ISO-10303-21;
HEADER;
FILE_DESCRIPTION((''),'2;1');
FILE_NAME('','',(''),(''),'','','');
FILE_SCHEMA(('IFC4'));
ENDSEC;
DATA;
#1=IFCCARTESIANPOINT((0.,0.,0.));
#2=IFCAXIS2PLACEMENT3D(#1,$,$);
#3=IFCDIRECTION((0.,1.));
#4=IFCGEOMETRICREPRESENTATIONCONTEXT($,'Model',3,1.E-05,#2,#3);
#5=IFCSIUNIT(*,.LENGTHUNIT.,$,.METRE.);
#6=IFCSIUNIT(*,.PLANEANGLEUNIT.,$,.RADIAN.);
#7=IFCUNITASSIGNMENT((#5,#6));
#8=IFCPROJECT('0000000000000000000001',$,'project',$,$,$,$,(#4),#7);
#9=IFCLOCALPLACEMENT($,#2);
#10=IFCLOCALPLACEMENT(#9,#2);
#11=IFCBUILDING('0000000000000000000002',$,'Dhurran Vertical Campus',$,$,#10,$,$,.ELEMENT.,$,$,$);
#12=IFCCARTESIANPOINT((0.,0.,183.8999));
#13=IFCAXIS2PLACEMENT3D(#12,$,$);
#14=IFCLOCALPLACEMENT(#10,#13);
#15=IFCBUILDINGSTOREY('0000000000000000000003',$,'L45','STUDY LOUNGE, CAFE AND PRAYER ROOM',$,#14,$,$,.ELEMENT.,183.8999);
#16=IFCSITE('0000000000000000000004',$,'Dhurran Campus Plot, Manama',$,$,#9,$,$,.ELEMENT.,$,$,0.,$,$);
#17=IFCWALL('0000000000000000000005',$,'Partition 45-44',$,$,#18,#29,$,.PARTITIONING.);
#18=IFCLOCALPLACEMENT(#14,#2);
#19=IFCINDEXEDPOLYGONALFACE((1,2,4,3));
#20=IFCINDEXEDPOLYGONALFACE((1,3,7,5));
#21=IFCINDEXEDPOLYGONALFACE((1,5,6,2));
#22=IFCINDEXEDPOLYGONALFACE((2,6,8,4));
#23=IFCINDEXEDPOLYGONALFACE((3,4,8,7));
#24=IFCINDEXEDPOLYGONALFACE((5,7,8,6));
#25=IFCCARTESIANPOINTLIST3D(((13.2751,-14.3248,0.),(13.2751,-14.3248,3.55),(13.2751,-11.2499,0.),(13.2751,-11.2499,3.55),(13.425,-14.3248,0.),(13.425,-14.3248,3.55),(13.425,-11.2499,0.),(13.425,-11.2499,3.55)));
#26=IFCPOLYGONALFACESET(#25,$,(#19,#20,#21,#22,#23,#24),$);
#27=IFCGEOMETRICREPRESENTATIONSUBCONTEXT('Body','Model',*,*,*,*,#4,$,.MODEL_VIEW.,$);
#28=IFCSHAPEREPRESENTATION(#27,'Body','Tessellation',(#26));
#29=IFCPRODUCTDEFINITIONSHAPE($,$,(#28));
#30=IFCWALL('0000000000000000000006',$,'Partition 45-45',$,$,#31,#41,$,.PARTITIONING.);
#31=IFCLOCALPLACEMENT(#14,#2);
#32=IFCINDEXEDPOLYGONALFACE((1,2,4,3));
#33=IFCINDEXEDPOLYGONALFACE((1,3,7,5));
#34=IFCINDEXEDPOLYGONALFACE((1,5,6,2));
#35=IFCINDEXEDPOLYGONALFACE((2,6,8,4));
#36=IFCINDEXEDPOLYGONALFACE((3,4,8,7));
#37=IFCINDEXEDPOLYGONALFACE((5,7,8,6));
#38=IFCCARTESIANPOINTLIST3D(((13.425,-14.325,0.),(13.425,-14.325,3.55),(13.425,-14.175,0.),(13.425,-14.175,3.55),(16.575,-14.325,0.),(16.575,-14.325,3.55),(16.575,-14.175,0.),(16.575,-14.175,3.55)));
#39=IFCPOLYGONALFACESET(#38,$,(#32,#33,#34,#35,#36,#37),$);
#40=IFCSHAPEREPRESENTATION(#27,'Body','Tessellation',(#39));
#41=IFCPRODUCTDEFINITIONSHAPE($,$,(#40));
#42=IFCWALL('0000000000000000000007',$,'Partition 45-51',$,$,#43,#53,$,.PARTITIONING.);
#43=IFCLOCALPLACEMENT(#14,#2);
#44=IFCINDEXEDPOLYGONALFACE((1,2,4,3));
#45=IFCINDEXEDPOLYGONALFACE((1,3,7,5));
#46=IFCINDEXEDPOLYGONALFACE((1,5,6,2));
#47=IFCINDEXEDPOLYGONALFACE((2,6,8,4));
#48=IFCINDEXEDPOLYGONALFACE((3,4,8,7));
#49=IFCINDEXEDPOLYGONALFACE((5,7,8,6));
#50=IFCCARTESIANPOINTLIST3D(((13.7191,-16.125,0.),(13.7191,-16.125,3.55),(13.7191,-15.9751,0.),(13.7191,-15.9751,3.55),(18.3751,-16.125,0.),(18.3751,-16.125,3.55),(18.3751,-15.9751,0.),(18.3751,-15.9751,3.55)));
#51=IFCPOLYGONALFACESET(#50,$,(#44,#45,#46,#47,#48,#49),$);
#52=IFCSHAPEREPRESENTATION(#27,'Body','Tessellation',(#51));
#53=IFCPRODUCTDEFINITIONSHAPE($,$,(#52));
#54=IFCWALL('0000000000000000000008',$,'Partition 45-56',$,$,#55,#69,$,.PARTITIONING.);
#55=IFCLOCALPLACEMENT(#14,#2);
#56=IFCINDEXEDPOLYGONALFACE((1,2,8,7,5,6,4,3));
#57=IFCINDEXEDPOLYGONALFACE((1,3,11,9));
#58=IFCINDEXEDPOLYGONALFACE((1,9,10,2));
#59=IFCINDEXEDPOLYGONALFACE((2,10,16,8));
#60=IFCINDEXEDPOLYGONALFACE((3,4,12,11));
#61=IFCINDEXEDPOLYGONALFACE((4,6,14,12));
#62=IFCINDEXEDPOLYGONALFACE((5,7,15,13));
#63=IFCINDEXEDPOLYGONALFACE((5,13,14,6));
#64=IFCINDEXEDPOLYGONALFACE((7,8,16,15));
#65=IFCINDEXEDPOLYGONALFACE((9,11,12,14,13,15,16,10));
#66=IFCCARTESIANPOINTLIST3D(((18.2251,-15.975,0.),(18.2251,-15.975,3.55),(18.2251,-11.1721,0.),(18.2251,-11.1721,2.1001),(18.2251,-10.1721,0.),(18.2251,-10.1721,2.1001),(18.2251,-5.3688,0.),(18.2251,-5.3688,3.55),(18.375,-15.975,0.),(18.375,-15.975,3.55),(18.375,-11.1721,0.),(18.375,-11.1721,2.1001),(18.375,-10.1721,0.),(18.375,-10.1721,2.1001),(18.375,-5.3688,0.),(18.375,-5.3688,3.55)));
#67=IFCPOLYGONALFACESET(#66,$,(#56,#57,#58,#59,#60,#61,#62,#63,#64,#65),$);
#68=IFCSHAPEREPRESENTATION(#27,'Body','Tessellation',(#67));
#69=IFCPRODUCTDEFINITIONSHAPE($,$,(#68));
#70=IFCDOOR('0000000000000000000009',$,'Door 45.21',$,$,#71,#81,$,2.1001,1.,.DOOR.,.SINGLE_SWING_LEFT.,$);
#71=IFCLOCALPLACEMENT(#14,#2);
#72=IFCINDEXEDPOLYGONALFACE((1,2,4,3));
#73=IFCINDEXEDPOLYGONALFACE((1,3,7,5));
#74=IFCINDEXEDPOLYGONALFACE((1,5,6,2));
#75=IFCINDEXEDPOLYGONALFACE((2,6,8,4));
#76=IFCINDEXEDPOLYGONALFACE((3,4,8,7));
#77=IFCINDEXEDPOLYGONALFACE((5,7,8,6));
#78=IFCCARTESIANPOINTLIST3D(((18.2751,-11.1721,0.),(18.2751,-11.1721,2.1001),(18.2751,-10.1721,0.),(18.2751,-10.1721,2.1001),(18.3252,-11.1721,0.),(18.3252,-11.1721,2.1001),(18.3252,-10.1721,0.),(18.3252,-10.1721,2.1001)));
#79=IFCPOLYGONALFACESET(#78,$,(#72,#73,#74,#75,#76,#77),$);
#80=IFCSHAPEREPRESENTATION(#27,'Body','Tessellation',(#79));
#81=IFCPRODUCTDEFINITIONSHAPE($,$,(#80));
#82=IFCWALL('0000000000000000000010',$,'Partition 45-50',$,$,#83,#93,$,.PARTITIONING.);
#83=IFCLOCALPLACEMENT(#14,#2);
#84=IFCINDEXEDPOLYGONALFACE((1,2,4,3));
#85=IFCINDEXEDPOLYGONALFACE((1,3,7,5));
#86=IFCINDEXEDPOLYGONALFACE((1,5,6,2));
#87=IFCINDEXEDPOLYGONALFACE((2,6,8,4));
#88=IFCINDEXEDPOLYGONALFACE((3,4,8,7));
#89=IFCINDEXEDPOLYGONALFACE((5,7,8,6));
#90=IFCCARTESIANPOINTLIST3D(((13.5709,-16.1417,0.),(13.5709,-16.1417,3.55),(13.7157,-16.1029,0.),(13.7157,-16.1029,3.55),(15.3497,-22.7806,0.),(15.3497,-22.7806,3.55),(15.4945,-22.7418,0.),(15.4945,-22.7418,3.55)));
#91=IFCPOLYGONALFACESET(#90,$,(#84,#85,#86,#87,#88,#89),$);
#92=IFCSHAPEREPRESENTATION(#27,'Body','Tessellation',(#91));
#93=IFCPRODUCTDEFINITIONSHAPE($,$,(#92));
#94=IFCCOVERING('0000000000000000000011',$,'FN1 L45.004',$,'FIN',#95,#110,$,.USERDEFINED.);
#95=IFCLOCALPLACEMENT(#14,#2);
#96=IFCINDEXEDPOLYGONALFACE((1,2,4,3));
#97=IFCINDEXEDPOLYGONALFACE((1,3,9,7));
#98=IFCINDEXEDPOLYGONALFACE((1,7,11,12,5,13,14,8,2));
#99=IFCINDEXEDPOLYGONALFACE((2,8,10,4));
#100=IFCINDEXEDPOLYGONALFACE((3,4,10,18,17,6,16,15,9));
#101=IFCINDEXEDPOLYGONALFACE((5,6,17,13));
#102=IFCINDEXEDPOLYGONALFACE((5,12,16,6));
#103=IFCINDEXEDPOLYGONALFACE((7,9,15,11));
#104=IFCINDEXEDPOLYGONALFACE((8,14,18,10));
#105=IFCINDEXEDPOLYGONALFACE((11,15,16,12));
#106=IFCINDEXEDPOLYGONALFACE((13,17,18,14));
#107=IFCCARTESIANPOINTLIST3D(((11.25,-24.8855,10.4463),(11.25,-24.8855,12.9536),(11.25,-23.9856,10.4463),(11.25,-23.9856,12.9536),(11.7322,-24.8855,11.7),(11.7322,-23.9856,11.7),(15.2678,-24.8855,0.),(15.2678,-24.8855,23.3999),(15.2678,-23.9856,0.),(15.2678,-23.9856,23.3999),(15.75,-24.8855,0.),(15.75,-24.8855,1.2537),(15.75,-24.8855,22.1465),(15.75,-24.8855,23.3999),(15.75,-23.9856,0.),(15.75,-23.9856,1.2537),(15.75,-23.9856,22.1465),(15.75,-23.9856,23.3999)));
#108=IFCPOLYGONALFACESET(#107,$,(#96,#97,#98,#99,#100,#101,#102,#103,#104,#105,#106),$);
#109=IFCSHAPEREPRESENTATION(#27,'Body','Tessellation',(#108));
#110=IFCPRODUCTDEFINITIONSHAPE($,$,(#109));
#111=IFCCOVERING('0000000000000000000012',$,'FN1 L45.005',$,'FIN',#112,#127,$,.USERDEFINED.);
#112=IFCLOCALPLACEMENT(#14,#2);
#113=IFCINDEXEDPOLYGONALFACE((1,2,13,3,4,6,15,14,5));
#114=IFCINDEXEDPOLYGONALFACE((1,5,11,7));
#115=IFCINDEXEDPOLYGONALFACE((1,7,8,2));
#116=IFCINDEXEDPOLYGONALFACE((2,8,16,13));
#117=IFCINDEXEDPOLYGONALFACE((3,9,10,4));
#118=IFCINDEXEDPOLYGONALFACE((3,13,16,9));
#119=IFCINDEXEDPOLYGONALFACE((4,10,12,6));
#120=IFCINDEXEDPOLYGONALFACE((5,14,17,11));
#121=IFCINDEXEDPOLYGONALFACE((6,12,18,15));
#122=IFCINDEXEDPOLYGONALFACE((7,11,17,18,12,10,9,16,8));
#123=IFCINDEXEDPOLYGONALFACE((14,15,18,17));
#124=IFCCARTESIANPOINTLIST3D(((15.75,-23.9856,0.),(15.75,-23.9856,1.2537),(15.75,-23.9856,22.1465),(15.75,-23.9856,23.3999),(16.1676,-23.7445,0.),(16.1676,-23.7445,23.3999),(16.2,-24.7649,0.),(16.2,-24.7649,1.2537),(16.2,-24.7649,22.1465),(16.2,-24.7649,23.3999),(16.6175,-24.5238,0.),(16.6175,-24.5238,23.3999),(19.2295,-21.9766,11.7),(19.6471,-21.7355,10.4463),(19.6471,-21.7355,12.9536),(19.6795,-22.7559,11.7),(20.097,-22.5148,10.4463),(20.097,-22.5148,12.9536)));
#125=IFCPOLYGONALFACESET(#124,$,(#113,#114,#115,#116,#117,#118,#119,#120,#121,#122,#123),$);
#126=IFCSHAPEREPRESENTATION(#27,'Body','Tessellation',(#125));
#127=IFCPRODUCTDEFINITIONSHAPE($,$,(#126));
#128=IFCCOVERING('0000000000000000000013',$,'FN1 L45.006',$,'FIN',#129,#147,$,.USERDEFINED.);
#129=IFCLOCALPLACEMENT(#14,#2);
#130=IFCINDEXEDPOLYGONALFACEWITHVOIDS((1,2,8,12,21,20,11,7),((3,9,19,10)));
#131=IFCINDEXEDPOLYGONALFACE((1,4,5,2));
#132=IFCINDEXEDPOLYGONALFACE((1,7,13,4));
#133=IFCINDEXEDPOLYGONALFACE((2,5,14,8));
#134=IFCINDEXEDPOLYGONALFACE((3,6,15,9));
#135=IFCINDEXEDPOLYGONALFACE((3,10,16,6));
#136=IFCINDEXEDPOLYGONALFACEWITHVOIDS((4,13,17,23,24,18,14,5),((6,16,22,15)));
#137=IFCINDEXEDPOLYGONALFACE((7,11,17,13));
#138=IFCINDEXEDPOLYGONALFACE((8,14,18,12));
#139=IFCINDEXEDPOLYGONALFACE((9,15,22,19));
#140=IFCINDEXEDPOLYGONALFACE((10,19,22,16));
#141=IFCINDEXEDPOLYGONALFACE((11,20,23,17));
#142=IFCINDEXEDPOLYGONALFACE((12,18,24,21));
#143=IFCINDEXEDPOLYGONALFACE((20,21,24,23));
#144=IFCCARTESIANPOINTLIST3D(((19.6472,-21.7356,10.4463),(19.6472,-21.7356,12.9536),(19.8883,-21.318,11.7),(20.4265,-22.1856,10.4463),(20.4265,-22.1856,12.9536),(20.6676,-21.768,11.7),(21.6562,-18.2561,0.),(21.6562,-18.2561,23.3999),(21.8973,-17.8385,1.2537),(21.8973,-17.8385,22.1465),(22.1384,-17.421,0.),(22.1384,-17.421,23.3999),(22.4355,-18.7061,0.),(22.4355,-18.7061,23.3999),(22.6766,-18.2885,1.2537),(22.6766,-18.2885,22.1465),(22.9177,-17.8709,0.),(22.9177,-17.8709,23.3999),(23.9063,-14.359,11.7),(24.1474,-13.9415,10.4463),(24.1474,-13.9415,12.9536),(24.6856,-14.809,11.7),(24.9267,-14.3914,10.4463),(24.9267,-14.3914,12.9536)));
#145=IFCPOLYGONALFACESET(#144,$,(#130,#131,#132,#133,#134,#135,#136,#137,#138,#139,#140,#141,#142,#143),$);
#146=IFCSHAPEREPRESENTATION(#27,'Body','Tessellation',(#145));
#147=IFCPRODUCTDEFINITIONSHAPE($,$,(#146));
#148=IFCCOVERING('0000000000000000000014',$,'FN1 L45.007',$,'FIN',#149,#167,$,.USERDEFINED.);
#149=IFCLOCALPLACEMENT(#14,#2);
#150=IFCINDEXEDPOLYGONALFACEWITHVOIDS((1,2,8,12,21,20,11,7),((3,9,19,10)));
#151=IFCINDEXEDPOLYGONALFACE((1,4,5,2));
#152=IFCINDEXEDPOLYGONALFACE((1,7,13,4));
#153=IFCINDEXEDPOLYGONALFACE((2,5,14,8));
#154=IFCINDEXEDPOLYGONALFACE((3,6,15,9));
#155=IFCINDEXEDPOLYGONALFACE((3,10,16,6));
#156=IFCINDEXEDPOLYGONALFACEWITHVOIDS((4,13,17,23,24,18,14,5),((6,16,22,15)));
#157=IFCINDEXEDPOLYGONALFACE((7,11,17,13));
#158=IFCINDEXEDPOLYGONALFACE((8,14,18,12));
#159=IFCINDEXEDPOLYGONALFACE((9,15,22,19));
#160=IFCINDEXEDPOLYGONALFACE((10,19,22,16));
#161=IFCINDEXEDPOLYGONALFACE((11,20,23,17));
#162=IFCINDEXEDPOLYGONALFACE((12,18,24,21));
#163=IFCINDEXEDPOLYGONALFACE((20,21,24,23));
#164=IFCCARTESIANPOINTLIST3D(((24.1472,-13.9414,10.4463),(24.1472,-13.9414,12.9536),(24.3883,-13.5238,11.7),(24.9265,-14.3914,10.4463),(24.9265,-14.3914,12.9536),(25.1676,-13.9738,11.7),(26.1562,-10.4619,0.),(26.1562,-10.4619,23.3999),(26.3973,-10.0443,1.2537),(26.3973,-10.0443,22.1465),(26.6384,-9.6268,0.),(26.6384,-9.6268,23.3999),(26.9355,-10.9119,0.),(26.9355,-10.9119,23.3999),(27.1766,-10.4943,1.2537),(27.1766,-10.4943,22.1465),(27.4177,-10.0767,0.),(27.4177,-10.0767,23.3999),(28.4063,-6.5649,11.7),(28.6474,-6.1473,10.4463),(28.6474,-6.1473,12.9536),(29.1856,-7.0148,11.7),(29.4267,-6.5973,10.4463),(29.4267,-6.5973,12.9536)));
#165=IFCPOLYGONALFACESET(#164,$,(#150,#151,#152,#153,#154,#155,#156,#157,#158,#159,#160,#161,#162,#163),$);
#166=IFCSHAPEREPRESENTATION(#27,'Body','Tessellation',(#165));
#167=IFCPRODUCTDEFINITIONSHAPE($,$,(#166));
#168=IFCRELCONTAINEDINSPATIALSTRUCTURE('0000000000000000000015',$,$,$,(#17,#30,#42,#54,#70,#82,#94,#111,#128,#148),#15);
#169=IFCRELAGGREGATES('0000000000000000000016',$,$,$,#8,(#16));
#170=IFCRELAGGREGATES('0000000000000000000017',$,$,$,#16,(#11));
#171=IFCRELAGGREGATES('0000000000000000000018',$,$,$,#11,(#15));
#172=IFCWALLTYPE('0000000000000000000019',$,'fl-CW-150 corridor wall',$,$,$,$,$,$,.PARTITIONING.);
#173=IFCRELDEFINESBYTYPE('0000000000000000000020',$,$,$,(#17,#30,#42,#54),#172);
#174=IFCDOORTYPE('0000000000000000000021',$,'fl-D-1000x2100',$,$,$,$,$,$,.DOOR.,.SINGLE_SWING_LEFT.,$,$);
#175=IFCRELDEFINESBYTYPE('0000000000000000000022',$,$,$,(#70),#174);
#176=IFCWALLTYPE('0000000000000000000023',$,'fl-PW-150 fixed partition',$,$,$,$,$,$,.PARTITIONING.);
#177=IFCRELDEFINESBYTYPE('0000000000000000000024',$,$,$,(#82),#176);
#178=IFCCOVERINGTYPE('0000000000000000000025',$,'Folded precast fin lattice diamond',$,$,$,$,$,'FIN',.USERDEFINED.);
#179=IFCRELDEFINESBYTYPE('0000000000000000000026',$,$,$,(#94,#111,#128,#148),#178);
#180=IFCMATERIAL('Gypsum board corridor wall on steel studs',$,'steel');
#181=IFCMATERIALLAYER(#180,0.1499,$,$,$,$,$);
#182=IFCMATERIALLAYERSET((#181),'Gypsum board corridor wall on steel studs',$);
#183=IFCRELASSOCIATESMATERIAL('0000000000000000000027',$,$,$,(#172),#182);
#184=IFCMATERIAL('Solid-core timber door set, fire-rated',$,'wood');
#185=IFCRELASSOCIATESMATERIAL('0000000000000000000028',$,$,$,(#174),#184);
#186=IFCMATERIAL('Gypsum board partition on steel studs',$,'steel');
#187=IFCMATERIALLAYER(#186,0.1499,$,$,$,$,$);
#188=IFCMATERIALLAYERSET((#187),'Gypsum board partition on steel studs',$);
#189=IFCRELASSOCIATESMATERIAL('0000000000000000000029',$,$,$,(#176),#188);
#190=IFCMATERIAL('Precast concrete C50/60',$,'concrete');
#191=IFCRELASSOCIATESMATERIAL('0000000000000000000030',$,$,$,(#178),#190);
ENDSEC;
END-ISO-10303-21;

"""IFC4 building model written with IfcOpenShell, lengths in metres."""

from ifc_helpers import new_model, si_unit, direction, frame, frame_2d, origin, place, context, subcontext, project, spatial, polyline, rectangle, outline, extrude, material, layer, layer_set, type_object, element, fill, save


model = new_model("IFC4")

# Units and contexts
model_context = context("Model", 3, precision=1e-05, world=origin(), true_north=direction((0.0, 1.0)))
body_context = subcontext(model_context, "Body", "Model", "MODEL_VIEW")
ifc_project = project(units=[si_unit("LENGTHUNIT", "METRE"), si_unit("PLANEANGLEUNIT", "RADIAN")], contexts=[model_context])

# Site, building, storey
site_placement = place(None, origin())
site = spatial("IfcSite", under=ifc_project, at=site_placement, Name="Dhurran Campus Plot, Manama", CompositionType="ELEMENT", RefElevation=0.0)
building_placement = place(site_placement, origin())
building = spatial("IfcBuilding", under=site, at=building_placement, Name="Dhurran Vertical Campus", CompositionType="ELEMENT")
storey_placement = place(building_placement, frame((0.0, 0.0, 183.8999)))
storey = spatial("IfcBuildingStorey", under=building, at=storey_placement, Name="L45", Description="STUDY LOUNGE, CAFE AND PRAYER ROOM", CompositionType="ELEMENT", Elevation=183.8999)

# Walls
ifc_material_1 = material(Name="Gypsum board corridor wall on steel studs", Category="steel")
ifc_layer_1 = layer(ifc_material_1, 0.1499)
ifc_layer_set_1 = layer_set([ifc_layer_1], Name="Gypsum board corridor wall on steel studs")
wall_type_1 = type_object("IfcWallType", Name="fl-CW-150 corridor wall", PredefinedType="PARTITIONING", material=ifc_layer_set_1)
wall_1_placement = place(storey_placement, frame((13.3501, -14.325, 0.0), z_axis=(0.0, 0.0, 1.0), x_axis=(0.0, 1.0, 0.0)))
element("IfcWall", 1, at=wall_1_placement, inside=storey, type_object=wall_type_1, Name="Partition 45-44", PredefinedType="PARTITIONING", context=body_context, shape_type="SweptSolid", body=[
    extrude(rectangle(XDim=3.075, YDim=0.1499, at=frame_2d((1.5376, 0.0))), origin(), (0.0, 0.0, 1.0), 3.55),
])
wall_2_placement = place(storey_placement, frame((16.575, -14.25, 0.0), z_axis=(0.0, 0.0, 1.0), x_axis=(-1.0, 0.0, 0.0)))
element("IfcWall", 2, at=wall_2_placement, inside=storey, type_object=wall_type_1, Name="Partition 45-45", PredefinedType="PARTITIONING", context=body_context, shape_type="SweptSolid", body=[
    extrude(rectangle(XDim=3.1499, YDim=0.1499, at=frame_2d((1.575, 0.0))), origin(), (0.0, 0.0, 1.0), 3.55),
])
wall_3_placement = place(storey_placement, frame((13.719, -16.05, 0.0), z_axis=(0.0, 0.0, 1.0), x_axis=(1.0, 0.0, 0.0)))
element("IfcWall", 3, at=wall_3_placement, inside=storey, type_object=wall_type_1, Name="Partition 45-51", PredefinedType="PARTITIONING", context=body_context, shape_type="SweptSolid", body=[
    extrude(rectangle(XDim=4.656, YDim=0.1499, at=frame_2d((2.3281, 0.0))), origin(), (0.0, 0.0, 1.0), 3.55),
])

# Wall, opening, door
wall_4_placement = place(storey_placement, frame((18.3, -15.9751, 0.0), z_axis=(0.0, 0.0, 1.0), x_axis=(0.0, 1.0, 0.0)))
wall_4 = element("IfcWall", 4, at=wall_4_placement, inside=storey, type_object=wall_type_1, Name="Partition 45-56", PredefinedType="PARTITIONING", context=body_context, shape_type="SweptSolid", body=[
    extrude(rectangle(XDim=10.6062, YDim=0.1499, at=frame_2d((5.3032, 0.0))), origin(), (0.0, 0.0, 1.0), 3.55),
])
opening_1_placement = place(wall_4_placement, frame((4.803, 0.0, 0.0)))
opening_1 = element("IfcOpeningElement", 5, at=opening_1_placement, cuts=wall_4, PredefinedType="OPENING", context=body_context, shape_type="SweptSolid", body=[
    extrude(rectangle(XDim=1.0, YDim=2.1001, at=frame_2d((0.5, 1.05))), frame((0.0, 0.085, 0.0), z_axis=(0.0, -1.0, 0.0), x_axis=(1.0, 0.0, 0.0)), (0.0, 0.0, 1.0), 0.1699),
])
ifc_material_2 = material(Name="Solid-core timber door set, fire-rated", Category="wood")
door_type = type_object("IfcDoorType", Name="fl-D-1000x2100", OperationType="SINGLE_SWING_LEFT", PredefinedType="DOOR", material=ifc_material_2)
door_placement = place(opening_1_placement, origin())
door = element("IfcDoor", 6, at=door_placement, inside=storey, type_object=door_type, Name="Door 45.21", OperationType="SINGLE_SWING_LEFT", OverallHeight=2.1001, OverallWidth=1.0, PredefinedType="DOOR", context=body_context, shape_type="SweptSolid", body=[
    extrude(rectangle(XDim=1.0, YDim=2.1001, at=frame_2d((0.5, 1.05))), frame((0.0, 0.0249, 0.0), z_axis=(0.0, -1.0, 0.0), x_axis=(1.0, 0.0, 0.0)), (0.0, 0.0, 1.0), 0.05),
])
fill(opening_1, door)

# Wall
ifc_material_3 = material(Name="Gypsum board partition on steel studs", Category="steel")
ifc_layer_2 = layer(ifc_material_3, 0.1499)
ifc_layer_set_2 = layer_set([ifc_layer_2], Name="Gypsum board partition on steel studs")
wall_type_2 = type_object("IfcWallType", Name="fl-PW-150 fixed partition", PredefinedType="PARTITIONING", material=ifc_layer_set_2)
wall_5_placement = place(storey_placement, frame((13.6433, -16.1223, 0.0), z_axis=(0.0, 0.0, 1.0), x_axis=(0.258808, -0.965929, 0.0)))
element("IfcWall", 7, at=wall_5_placement, inside=storey, type_object=wall_type_2, Name="Partition 45-50", PredefinedType="PARTITIONING", context=body_context, shape_type="SweptSolid", body=[
    extrude(rectangle(XDim=6.873, YDim=0.1499, at=frame_2d((3.4365, 0.0))), origin(), (0.0, 0.0, 1.0), 3.55),
])

# Coverings
ifc_material_4 = material(Name="Precast concrete C50/60", Category="concrete")
covering_type = type_object("IfcCoveringType", Name="Folded precast fin lattice diamond", ElementType="FIN", PredefinedType="USERDEFINED", material=ifc_material_4)
covering_1_placement = place(storey_placement, frame((11.25, -23.9856, 0.0), z_axis=(0.0, -1.0, 0.0), x_axis=(1.0, 0.0, 0.0)))
element("IfcCovering", 8, at=covering_1_placement, inside=storey, type_object=covering_type, Name="FN1 L45.004", ObjectType="FIN", PredefinedType="USERDEFINED", context=body_context, shape_type="SweptSolid", body=[
    extrude(outline(polyline([(4.0178, 0.0), (0.0, 10.4463), (0.0, 12.9536), (4.0178, 23.3999), (4.5, 23.3999), (4.5, 22.1465), (0.4822, 11.7), (4.5, 1.2537), (4.5, 0.0), (4.0178, 0.0)])), origin(), (0.0, 0.0, 1.0), 0.8999),
])
covering_2_placement = place(storey_placement, frame((15.75, -23.9856, 0.0), z_axis=(0.50002, -0.866014, 0.0), x_axis=(0.866014, 0.50002, 0.0)))
element("IfcCovering", 9, at=covering_2_placement, inside=storey, type_object=covering_type, Name="FN1 L45.005", ObjectType="FIN", PredefinedType="USERDEFINED", context=body_context, shape_type="SweptSolid", body=[
    extrude(outline(polyline([(4.5, 10.4463), (0.4822, 0.0), (0.0, 0.0), (0.0, 1.2537), (4.0178, 11.7), (0.0, 22.1465), (0.0, 23.3999), (0.4822, 23.3999), (4.5, 12.9536), (4.5, 10.4463)])), origin(), (0.0, 0.0, 1.0), 0.8999),
])
for number, where, z_axis, x_axis, name in (
    (10, (19.6472, -21.7356, 0.0), (0.866014, -0.50002, 0.0), (0.50002, 0.866014, 0.0), "FN1 L45.006"),
    (11, (24.1472, -13.9414, 0.0), (0.866014, -0.50002, 0.0), (0.50002, 0.866014, 0.0), "FN1 L45.007"),
):
    element("IfcCovering", number, at=place(storey_placement, frame(where, z_axis=z_axis, x_axis=x_axis)), inside=storey, type_object=covering_type, Name=name, ObjectType="FIN", PredefinedType="USERDEFINED", context=body_context, shape_type="SweptSolid", body=[
        extrude(outline(polyline([(9.0, 12.9536), (9.0, 10.4463), (4.9822, 0.0), (4.0178, 0.0), (0.0, 10.4463), (0.0, 12.9536), (4.0178, 23.3999), (4.9822, 23.3999), (9.0, 12.9536)]), holes=[polyline([(8.5178, 11.7), (4.5, 22.1465), (0.4822, 11.7), (4.5, 1.2537), (8.5178, 11.7)])]), origin(), (0.0, 0.0, 1.0), 0.8999),
    ])

save(model, "model.ifc")
